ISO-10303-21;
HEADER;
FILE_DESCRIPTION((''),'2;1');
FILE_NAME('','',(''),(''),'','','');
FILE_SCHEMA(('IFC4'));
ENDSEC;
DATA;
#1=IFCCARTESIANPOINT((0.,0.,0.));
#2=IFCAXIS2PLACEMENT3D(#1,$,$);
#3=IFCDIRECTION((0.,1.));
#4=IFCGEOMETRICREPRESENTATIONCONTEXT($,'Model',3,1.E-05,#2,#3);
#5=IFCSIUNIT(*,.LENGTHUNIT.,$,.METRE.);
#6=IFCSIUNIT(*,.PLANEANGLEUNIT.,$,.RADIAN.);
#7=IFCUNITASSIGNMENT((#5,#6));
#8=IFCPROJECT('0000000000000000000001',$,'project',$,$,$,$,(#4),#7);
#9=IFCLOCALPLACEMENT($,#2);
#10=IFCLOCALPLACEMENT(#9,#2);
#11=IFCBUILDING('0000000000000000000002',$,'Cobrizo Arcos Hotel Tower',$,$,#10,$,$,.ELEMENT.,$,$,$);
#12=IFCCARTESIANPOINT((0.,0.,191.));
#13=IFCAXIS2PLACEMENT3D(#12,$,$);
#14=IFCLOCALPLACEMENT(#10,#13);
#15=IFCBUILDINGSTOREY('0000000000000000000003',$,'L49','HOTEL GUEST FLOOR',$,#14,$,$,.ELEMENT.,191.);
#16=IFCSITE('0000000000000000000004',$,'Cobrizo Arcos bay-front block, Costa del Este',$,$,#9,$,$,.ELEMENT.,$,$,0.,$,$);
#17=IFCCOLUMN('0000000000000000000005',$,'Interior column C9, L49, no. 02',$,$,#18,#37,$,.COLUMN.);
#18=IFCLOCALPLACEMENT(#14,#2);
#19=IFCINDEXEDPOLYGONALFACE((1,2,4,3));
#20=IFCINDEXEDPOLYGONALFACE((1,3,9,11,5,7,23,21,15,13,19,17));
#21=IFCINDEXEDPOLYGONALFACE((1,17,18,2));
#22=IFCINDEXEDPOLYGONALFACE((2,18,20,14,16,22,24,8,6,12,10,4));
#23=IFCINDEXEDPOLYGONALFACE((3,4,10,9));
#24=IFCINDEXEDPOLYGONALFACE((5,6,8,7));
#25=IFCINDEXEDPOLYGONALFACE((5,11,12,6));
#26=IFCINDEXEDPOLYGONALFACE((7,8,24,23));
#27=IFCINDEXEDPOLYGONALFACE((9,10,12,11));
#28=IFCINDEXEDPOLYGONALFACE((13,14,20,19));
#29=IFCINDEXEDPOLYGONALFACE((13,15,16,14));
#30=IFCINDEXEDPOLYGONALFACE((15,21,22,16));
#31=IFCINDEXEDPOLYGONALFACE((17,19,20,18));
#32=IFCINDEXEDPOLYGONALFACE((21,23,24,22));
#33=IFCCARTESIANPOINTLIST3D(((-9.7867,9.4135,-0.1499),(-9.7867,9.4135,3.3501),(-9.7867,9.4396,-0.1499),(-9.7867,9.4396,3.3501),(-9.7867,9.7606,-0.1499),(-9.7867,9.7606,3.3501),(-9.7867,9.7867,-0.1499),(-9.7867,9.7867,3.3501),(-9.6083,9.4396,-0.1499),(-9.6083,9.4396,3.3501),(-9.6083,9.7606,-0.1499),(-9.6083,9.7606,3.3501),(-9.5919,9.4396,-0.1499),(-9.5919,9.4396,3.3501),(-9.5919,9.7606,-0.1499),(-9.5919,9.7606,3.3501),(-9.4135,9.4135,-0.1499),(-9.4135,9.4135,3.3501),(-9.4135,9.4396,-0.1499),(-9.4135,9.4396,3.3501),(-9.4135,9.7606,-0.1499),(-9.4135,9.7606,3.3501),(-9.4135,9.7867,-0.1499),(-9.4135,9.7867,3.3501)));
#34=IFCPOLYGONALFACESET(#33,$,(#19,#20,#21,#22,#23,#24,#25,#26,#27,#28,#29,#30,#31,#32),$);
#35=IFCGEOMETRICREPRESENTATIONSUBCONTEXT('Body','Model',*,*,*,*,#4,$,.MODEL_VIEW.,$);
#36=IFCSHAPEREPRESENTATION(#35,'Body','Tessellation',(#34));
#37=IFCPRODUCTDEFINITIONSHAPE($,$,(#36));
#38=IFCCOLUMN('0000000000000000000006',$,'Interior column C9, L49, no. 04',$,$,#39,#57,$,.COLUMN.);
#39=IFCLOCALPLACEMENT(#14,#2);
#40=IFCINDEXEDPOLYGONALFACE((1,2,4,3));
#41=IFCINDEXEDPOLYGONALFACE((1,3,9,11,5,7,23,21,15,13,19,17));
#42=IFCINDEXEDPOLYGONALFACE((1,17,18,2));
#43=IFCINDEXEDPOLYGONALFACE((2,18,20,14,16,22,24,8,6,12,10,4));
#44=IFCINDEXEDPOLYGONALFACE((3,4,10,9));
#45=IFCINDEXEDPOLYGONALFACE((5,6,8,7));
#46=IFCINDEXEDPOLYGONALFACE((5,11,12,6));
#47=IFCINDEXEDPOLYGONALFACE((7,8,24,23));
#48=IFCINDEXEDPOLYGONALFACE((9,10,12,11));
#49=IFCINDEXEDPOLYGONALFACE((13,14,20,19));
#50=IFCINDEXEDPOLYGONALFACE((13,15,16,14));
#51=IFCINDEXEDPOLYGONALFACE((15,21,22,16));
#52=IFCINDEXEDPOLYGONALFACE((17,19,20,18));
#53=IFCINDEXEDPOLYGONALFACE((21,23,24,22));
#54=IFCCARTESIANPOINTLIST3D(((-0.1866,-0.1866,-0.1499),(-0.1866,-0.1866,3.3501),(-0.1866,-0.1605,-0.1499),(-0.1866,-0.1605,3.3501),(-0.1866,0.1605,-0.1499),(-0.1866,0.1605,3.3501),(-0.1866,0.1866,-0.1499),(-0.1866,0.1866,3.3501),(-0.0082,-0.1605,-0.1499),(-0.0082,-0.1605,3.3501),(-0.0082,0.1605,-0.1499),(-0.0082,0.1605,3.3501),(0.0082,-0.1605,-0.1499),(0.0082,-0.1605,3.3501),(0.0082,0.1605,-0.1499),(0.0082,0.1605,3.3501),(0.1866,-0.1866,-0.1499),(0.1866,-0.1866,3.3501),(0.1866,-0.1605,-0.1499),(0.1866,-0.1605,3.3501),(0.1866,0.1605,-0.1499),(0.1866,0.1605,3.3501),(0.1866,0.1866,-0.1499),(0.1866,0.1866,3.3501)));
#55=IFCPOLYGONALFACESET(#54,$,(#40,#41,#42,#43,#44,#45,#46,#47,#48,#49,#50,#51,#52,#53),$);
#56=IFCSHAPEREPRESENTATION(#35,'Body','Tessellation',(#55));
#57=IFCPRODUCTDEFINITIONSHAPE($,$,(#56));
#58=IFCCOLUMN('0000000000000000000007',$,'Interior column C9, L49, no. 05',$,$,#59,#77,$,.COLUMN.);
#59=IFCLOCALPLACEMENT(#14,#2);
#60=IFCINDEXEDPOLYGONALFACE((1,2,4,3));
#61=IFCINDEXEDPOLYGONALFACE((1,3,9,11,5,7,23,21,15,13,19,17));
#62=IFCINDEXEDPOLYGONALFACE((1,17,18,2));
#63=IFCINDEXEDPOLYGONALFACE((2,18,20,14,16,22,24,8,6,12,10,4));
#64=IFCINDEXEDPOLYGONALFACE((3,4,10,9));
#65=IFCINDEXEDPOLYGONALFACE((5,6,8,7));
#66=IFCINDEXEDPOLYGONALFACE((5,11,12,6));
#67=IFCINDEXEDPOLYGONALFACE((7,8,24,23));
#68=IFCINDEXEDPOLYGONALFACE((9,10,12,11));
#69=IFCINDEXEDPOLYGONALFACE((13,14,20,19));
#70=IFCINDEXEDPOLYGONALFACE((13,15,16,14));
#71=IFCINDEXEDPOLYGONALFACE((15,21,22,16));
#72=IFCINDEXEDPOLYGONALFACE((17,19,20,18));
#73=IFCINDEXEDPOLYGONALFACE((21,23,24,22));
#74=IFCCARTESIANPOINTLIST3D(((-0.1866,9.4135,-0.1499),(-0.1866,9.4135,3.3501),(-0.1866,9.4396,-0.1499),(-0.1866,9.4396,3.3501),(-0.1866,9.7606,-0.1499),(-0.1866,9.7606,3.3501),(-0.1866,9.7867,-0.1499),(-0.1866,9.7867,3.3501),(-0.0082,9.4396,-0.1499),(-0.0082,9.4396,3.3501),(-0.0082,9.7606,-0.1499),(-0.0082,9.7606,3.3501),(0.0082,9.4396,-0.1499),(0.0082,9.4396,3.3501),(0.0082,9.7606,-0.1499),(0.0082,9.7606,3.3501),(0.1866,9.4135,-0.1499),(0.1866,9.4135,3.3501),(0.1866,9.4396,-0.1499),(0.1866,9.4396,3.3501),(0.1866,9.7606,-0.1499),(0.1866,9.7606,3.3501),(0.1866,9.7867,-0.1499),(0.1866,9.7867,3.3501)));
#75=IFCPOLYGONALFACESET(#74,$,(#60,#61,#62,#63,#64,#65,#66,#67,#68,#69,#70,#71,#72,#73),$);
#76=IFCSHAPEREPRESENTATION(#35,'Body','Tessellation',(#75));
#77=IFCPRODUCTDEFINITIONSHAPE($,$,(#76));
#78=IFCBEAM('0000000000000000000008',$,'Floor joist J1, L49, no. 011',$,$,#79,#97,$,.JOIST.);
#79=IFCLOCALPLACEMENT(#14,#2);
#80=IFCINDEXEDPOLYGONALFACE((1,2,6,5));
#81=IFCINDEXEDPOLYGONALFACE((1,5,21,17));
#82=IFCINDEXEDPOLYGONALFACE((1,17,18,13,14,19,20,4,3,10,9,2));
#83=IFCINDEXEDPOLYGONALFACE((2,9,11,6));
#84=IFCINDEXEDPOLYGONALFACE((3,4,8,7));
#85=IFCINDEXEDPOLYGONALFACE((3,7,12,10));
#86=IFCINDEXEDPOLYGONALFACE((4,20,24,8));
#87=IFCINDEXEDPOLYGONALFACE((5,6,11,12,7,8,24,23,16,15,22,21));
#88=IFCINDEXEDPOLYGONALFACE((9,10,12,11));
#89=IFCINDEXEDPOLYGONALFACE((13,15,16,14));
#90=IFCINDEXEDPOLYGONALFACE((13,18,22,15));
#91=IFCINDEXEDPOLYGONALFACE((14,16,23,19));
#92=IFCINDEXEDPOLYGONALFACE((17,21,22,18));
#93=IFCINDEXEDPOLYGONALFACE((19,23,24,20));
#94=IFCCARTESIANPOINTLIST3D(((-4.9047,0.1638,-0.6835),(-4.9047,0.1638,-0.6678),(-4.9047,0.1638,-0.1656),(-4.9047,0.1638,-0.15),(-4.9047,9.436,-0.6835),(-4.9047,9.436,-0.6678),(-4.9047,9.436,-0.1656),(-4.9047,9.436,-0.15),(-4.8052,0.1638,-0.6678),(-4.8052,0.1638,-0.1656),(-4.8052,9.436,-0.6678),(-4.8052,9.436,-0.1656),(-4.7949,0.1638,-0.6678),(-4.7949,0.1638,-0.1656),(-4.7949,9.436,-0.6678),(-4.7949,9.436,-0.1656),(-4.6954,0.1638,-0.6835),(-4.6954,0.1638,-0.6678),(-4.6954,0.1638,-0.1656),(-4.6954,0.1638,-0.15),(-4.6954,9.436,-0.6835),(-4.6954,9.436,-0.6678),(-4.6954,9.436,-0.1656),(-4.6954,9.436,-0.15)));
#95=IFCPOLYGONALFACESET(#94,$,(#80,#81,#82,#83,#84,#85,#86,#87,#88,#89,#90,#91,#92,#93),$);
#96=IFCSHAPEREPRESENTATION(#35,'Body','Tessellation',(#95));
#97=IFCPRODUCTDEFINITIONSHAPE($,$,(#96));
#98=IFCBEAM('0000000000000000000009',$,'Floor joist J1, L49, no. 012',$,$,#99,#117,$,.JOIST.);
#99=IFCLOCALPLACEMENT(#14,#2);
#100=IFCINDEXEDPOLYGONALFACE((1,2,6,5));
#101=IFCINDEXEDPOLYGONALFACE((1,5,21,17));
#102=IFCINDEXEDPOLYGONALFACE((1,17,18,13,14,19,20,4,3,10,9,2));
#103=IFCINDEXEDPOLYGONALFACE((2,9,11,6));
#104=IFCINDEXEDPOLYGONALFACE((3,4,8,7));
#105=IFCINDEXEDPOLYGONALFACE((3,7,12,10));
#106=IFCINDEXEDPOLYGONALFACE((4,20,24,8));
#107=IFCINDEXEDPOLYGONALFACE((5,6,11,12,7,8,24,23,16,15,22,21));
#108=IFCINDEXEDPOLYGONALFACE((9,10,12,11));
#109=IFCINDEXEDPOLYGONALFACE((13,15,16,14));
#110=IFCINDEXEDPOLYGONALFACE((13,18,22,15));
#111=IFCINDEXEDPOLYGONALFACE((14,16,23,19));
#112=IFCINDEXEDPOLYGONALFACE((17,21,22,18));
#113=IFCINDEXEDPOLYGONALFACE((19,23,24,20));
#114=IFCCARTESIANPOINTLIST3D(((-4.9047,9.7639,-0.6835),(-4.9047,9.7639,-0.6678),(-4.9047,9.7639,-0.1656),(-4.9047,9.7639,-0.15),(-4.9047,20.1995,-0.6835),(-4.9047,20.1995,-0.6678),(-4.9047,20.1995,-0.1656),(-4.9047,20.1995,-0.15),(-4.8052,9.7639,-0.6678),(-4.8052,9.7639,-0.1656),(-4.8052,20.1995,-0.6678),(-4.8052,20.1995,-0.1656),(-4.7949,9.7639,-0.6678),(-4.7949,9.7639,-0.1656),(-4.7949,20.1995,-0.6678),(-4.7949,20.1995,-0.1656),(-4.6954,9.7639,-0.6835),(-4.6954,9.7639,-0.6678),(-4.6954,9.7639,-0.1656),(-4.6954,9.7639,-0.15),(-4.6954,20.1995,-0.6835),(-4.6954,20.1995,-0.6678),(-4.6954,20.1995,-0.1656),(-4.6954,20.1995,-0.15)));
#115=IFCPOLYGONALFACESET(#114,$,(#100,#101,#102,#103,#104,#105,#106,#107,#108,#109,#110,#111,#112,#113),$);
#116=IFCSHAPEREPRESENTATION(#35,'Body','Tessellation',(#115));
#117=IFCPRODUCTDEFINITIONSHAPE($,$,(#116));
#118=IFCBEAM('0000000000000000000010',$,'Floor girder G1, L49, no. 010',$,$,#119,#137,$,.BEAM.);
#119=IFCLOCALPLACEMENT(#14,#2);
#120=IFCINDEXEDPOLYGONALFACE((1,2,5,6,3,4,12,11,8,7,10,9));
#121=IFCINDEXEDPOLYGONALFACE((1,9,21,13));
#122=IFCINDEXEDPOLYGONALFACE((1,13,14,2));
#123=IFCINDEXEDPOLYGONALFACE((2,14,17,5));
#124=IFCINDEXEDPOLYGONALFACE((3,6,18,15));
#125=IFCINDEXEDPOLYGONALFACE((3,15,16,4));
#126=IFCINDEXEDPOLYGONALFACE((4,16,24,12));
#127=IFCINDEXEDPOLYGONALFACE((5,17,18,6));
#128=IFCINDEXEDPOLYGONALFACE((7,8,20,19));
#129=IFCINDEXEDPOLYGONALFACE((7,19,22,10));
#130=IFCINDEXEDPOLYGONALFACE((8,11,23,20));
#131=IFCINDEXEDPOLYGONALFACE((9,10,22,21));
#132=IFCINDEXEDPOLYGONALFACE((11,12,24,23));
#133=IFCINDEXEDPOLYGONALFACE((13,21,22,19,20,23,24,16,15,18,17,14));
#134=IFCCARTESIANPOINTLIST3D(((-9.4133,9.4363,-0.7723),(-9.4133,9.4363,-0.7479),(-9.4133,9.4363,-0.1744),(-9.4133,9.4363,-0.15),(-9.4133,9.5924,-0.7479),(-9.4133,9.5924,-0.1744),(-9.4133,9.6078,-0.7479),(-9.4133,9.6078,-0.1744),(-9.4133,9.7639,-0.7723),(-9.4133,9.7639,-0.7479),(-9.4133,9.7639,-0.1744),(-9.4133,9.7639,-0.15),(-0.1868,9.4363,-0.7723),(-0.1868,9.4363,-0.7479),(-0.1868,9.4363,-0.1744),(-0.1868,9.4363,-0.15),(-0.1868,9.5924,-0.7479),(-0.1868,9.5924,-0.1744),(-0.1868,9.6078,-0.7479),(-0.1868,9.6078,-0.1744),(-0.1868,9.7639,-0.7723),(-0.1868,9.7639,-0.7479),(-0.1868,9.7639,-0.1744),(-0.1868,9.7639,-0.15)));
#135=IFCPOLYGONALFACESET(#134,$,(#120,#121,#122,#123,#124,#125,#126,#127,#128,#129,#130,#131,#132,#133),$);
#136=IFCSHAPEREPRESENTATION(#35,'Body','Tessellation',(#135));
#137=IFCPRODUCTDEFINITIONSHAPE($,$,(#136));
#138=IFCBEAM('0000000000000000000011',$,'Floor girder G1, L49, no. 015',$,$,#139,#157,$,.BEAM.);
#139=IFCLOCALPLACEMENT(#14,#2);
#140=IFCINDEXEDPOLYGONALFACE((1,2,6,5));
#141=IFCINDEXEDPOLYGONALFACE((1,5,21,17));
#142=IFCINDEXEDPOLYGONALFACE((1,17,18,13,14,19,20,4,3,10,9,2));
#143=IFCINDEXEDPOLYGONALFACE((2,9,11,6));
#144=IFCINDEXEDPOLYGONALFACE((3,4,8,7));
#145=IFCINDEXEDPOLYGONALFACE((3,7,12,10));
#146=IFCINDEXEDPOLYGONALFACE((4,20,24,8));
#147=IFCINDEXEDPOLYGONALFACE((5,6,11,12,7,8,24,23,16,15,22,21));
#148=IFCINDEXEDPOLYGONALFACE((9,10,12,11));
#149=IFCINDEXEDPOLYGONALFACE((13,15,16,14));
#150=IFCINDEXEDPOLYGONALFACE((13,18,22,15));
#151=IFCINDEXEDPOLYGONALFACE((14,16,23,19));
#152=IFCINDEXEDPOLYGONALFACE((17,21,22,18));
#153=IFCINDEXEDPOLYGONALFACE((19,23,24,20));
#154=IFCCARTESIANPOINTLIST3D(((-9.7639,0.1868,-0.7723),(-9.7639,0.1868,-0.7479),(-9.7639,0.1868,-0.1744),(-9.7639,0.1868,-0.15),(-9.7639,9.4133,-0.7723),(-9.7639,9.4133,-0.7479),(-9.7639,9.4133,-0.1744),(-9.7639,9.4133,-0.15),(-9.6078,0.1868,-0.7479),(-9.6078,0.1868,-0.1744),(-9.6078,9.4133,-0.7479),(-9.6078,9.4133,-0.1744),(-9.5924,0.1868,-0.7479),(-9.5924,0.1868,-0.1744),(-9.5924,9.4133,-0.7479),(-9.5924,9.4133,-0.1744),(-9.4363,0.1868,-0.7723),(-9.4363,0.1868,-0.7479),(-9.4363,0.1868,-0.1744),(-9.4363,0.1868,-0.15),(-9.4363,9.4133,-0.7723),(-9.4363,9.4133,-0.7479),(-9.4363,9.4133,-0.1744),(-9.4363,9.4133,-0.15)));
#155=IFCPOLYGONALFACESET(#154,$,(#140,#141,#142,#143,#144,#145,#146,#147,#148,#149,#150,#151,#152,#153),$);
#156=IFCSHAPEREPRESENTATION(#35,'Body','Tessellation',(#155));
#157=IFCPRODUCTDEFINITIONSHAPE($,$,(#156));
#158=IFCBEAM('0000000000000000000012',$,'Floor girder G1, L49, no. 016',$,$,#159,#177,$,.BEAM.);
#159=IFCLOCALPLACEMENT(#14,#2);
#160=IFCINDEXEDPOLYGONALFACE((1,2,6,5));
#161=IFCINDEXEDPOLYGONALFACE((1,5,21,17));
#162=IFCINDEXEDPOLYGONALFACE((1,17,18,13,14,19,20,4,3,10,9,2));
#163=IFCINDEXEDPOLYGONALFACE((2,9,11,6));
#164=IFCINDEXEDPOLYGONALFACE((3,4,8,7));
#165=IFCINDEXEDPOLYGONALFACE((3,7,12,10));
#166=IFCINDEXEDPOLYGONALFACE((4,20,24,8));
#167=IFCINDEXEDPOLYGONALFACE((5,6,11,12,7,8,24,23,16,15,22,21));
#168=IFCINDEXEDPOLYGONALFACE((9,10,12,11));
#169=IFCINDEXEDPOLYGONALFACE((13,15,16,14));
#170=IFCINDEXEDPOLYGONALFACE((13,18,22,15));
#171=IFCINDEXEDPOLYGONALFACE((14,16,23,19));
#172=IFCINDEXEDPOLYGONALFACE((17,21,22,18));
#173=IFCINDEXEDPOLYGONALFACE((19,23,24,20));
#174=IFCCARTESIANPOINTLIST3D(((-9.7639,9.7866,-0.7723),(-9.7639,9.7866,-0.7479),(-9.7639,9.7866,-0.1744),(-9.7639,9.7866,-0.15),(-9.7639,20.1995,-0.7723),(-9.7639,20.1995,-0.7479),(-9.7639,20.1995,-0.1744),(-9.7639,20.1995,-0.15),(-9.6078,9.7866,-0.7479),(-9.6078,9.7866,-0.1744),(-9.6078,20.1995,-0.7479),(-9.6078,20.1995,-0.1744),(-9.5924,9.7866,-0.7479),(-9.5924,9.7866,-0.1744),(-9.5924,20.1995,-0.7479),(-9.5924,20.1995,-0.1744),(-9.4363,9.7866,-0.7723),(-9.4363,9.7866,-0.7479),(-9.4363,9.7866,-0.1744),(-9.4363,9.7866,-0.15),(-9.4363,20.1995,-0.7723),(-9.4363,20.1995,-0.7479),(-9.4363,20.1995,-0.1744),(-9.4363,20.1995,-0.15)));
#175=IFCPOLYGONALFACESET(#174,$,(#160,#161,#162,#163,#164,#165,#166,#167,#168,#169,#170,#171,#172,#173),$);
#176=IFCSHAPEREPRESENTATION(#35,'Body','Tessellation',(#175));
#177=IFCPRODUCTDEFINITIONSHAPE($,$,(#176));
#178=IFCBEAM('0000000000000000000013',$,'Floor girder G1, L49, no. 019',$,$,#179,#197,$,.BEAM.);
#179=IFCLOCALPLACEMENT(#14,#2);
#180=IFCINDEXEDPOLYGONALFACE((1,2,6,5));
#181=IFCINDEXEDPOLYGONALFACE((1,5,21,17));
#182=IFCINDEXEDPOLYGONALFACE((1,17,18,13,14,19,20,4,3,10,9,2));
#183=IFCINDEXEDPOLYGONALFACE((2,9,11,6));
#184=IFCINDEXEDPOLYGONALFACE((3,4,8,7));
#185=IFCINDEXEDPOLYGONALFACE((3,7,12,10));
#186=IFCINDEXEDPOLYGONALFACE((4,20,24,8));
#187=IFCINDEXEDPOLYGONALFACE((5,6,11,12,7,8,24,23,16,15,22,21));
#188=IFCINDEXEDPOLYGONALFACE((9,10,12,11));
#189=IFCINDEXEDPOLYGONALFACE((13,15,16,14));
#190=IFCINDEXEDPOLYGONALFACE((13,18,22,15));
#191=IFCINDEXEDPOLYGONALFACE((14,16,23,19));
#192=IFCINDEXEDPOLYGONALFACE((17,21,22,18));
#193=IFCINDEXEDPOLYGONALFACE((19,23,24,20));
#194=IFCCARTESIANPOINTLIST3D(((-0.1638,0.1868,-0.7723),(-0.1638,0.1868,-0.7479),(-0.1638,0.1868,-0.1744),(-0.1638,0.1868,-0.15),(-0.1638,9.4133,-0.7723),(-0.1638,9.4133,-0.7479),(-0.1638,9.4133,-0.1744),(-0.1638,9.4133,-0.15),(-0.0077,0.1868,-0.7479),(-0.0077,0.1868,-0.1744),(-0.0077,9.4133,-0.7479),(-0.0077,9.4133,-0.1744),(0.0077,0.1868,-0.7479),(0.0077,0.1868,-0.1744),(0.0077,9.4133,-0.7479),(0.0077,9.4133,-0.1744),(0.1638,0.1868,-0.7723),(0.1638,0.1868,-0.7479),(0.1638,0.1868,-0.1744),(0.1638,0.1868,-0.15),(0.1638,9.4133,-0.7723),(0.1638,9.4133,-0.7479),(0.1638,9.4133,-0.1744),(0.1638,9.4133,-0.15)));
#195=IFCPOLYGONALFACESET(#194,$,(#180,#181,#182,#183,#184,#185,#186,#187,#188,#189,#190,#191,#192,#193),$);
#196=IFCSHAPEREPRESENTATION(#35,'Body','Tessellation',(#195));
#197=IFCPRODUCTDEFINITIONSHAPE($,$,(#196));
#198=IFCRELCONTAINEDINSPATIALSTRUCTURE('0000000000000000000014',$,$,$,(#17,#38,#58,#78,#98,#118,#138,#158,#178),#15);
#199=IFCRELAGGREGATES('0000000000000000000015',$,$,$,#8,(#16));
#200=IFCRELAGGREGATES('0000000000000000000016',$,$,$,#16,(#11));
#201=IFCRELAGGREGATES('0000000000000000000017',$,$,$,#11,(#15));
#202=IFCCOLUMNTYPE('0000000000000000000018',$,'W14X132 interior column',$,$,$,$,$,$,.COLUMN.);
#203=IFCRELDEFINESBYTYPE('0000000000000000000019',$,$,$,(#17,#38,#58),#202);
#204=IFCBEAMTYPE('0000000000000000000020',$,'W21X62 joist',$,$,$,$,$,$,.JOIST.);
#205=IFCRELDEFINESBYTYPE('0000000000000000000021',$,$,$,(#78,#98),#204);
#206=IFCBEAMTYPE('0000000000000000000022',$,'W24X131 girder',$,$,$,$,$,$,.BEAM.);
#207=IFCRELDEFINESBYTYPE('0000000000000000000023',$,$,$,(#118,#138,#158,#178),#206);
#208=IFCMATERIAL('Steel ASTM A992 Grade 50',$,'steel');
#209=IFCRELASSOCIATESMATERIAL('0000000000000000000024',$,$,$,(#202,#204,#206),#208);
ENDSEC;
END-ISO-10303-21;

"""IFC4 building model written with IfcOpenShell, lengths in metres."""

from ifc_helpers import new_model, si_unit, direction, frame, origin, origin_2d, place, context, subcontext, project, spatial, i_section, extrude, material, material_profile, profile_set, type_object, element, save


model = new_model("IFC4")

# Units and contexts
model_context = context("Model", 3, precision=1e-05, world=origin(), true_north=direction((0.0, 1.0)))
body_context = subcontext(model_context, "Body", "Model", "MODEL_VIEW")
ifc_project = project(units=[si_unit("LENGTHUNIT", "METRE"), si_unit("PLANEANGLEUNIT", "RADIAN")], contexts=[model_context])

# Site, building, storey
site_placement = place(None, origin())
site = spatial("IfcSite", under=ifc_project, at=site_placement, Name="Cobrizo Arcos bay-front block, Costa del Este", CompositionType="ELEMENT", RefElevation=0.0)
building_placement = place(site_placement, origin())
building = spatial("IfcBuilding", under=site, at=building_placement, Name="Cobrizo Arcos Hotel Tower", CompositionType="ELEMENT")
storey_placement = place(building_placement, frame((0.0, 0.0, 191.0)))
storey = spatial("IfcBuildingStorey", under=building, at=storey_placement, Name="L49", Description="HOTEL GUEST FLOOR", CompositionType="ELEMENT", Elevation=191.0)

# Columns
ifc_material_1 = material(Name="Steel ASTM A992 Grade 50", Category="steel")
ifc_material_profile_1 = material_profile(ifc_material_1, i_section(OverallWidth=0.3733, OverallDepth=0.3733, WebThickness=0.0164, FlangeThickness=0.0261, at=origin_2d()), Name="W14X132")
ifc_profile_set_1 = profile_set([ifc_material_profile_1], Name="Steel ASTM A992 Grade 50")
column_type = type_object("IfcColumnType", Name="W14X132 interior column", PredefinedType="COLUMN", material=ifc_profile_set_1)
for number, where, z_axis, x_axis, name in (
    (1, (-9.6001, 9.6001, -0.1499), (0.0, 0.0, 1.0), (1.0, 0.0, 0.0), "Interior column C9, L49, no. 02"),
    (2, (0.0, 0.0, -0.1499), (0.0, 0.0, 1.0), (1.0, 0.0, 0.0), "Interior column C9, L49, no. 04"),
    (3, (0.0, 9.6001, -0.1499), (0.0, 0.0, 1.0), (1.0, 0.0, 0.0), "Interior column C9, L49, no. 05"),
):
    element("IfcColumn", number, at=place(storey_placement, frame(where, z_axis=z_axis, x_axis=x_axis)), inside=storey, type_object=column_type, Name=name, PredefinedType="COLUMN", context=body_context, shape_type="SweptSolid", body=[
        extrude(i_section(OverallWidth=0.3733, OverallDepth=0.3733, WebThickness=0.0164, FlangeThickness=0.0261, at=origin_2d()), origin(), (0.0, 0.0, 1.0), 3.5),
    ])

# Beams
ifc_material_profile_2 = material_profile(ifc_material_1, i_section(OverallWidth=0.2092, OverallDepth=0.5334, WebThickness=0.0103, FlangeThickness=0.0156, at=origin_2d()), Name="W21X62")
ifc_profile_set_2 = profile_set([ifc_material_profile_2], Name="Steel ASTM A992 Grade 50")
beam_type_1 = type_object("IfcBeamType", Name="W21X62 joist", PredefinedType="JOIST", material=ifc_profile_set_2)
beam_1_placement = place(storey_placement, frame((-4.8, 0.1638, -0.4167), z_axis=(0.0, 1.0, 0.0), x_axis=(-1.0, 0.0, 0.0)))
element("IfcBeam", 4, at=beam_1_placement, inside=storey, type_object=beam_type_1, Name="Floor joist J1, L49, no. 011", PredefinedType="JOIST", context=body_context, shape_type="SweptSolid", body=[
    extrude(i_section(OverallWidth=0.2092, OverallDepth=0.5334, WebThickness=0.0103, FlangeThickness=0.0156, at=origin_2d()), origin(), (0.0, 0.0, 1.0), 9.2722),
])
beam_2_placement = place(storey_placement, frame((-4.8, 9.7639, -0.4167), z_axis=(0.0, 1.0, 0.0), x_axis=(-1.0, 0.0, 0.0)))
element("IfcBeam", 5, at=beam_2_placement, inside=storey, type_object=beam_type_1, Name="Floor joist J1, L49, no. 012", PredefinedType="JOIST", context=body_context, shape_type="SweptSolid", body=[
    extrude(i_section(OverallWidth=0.2092, OverallDepth=0.5334, WebThickness=0.0103, FlangeThickness=0.0156, at=origin_2d()), origin(), (0.0, 0.0, 1.0), 10.4355),
])
ifc_material_profile_3 = material_profile(ifc_material_1, i_section(OverallWidth=0.3276, OverallDepth=0.6223, WebThickness=0.0154, FlangeThickness=0.0244, at=origin_2d()), Name="W24X131")
ifc_profile_set_3 = profile_set([ifc_material_profile_3], Name="Steel ASTM A992 Grade 50")
beam_type_2 = type_object("IfcBeamType", Name="W24X131 girder", PredefinedType="BEAM", material=ifc_profile_set_3)
for number, where, z_axis, x_axis, name in (
    (6, (-9.4133, 9.6001, -0.4612), (1.0, 0.0, 0.0), (0.0, 1.0, 0.0), "Floor girder G1, L49, no. 010"),
    (7, (-9.6001, 0.1868, -0.4612), (0.0, 1.0, 0.0), (-1.0, 0.0, 0.0), "Floor girder G1, L49, no. 015"),
):
    element("IfcBeam", number, at=place(storey_placement, frame(where, z_axis=z_axis, x_axis=x_axis)), inside=storey, type_object=beam_type_2, Name=name, PredefinedType="BEAM", context=body_context, shape_type="SweptSolid", body=[
        extrude(i_section(OverallWidth=0.3276, OverallDepth=0.6223, WebThickness=0.0154, FlangeThickness=0.0244, at=origin_2d()), origin(), (0.0, 0.0, 1.0), 9.2266),
    ])
beam_3_placement = place(storey_placement, frame((-9.6001, 9.7866, -0.4612), z_axis=(0.0, 1.0, 0.0), x_axis=(-1.0, 0.0, 0.0)))
element("IfcBeam", 8, at=beam_3_placement, inside=storey, type_object=beam_type_2, Name="Floor girder G1, L49, no. 016", PredefinedType="BEAM", context=body_context, shape_type="SweptSolid", body=[
    extrude(i_section(OverallWidth=0.3276, OverallDepth=0.6223, WebThickness=0.0154, FlangeThickness=0.0244, at=origin_2d()), origin(), (0.0, 0.0, 1.0), 10.4128),
])
beam_4_placement = place(storey_placement, frame((0.0, 0.1868, -0.4612), z_axis=(0.0, 1.0, 0.0), x_axis=(-1.0, 0.0, 0.0)))
element("IfcBeam", 9, at=beam_4_placement, inside=storey, type_object=beam_type_2, Name="Floor girder G1, L49, no. 019", PredefinedType="BEAM", context=body_context, shape_type="SweptSolid", body=[
    extrude(i_section(OverallWidth=0.3276, OverallDepth=0.6223, WebThickness=0.0154, FlangeThickness=0.0244, at=origin_2d()), origin(), (0.0, 0.0, 1.0), 9.2266),
])

save(model, "model.ifc")
